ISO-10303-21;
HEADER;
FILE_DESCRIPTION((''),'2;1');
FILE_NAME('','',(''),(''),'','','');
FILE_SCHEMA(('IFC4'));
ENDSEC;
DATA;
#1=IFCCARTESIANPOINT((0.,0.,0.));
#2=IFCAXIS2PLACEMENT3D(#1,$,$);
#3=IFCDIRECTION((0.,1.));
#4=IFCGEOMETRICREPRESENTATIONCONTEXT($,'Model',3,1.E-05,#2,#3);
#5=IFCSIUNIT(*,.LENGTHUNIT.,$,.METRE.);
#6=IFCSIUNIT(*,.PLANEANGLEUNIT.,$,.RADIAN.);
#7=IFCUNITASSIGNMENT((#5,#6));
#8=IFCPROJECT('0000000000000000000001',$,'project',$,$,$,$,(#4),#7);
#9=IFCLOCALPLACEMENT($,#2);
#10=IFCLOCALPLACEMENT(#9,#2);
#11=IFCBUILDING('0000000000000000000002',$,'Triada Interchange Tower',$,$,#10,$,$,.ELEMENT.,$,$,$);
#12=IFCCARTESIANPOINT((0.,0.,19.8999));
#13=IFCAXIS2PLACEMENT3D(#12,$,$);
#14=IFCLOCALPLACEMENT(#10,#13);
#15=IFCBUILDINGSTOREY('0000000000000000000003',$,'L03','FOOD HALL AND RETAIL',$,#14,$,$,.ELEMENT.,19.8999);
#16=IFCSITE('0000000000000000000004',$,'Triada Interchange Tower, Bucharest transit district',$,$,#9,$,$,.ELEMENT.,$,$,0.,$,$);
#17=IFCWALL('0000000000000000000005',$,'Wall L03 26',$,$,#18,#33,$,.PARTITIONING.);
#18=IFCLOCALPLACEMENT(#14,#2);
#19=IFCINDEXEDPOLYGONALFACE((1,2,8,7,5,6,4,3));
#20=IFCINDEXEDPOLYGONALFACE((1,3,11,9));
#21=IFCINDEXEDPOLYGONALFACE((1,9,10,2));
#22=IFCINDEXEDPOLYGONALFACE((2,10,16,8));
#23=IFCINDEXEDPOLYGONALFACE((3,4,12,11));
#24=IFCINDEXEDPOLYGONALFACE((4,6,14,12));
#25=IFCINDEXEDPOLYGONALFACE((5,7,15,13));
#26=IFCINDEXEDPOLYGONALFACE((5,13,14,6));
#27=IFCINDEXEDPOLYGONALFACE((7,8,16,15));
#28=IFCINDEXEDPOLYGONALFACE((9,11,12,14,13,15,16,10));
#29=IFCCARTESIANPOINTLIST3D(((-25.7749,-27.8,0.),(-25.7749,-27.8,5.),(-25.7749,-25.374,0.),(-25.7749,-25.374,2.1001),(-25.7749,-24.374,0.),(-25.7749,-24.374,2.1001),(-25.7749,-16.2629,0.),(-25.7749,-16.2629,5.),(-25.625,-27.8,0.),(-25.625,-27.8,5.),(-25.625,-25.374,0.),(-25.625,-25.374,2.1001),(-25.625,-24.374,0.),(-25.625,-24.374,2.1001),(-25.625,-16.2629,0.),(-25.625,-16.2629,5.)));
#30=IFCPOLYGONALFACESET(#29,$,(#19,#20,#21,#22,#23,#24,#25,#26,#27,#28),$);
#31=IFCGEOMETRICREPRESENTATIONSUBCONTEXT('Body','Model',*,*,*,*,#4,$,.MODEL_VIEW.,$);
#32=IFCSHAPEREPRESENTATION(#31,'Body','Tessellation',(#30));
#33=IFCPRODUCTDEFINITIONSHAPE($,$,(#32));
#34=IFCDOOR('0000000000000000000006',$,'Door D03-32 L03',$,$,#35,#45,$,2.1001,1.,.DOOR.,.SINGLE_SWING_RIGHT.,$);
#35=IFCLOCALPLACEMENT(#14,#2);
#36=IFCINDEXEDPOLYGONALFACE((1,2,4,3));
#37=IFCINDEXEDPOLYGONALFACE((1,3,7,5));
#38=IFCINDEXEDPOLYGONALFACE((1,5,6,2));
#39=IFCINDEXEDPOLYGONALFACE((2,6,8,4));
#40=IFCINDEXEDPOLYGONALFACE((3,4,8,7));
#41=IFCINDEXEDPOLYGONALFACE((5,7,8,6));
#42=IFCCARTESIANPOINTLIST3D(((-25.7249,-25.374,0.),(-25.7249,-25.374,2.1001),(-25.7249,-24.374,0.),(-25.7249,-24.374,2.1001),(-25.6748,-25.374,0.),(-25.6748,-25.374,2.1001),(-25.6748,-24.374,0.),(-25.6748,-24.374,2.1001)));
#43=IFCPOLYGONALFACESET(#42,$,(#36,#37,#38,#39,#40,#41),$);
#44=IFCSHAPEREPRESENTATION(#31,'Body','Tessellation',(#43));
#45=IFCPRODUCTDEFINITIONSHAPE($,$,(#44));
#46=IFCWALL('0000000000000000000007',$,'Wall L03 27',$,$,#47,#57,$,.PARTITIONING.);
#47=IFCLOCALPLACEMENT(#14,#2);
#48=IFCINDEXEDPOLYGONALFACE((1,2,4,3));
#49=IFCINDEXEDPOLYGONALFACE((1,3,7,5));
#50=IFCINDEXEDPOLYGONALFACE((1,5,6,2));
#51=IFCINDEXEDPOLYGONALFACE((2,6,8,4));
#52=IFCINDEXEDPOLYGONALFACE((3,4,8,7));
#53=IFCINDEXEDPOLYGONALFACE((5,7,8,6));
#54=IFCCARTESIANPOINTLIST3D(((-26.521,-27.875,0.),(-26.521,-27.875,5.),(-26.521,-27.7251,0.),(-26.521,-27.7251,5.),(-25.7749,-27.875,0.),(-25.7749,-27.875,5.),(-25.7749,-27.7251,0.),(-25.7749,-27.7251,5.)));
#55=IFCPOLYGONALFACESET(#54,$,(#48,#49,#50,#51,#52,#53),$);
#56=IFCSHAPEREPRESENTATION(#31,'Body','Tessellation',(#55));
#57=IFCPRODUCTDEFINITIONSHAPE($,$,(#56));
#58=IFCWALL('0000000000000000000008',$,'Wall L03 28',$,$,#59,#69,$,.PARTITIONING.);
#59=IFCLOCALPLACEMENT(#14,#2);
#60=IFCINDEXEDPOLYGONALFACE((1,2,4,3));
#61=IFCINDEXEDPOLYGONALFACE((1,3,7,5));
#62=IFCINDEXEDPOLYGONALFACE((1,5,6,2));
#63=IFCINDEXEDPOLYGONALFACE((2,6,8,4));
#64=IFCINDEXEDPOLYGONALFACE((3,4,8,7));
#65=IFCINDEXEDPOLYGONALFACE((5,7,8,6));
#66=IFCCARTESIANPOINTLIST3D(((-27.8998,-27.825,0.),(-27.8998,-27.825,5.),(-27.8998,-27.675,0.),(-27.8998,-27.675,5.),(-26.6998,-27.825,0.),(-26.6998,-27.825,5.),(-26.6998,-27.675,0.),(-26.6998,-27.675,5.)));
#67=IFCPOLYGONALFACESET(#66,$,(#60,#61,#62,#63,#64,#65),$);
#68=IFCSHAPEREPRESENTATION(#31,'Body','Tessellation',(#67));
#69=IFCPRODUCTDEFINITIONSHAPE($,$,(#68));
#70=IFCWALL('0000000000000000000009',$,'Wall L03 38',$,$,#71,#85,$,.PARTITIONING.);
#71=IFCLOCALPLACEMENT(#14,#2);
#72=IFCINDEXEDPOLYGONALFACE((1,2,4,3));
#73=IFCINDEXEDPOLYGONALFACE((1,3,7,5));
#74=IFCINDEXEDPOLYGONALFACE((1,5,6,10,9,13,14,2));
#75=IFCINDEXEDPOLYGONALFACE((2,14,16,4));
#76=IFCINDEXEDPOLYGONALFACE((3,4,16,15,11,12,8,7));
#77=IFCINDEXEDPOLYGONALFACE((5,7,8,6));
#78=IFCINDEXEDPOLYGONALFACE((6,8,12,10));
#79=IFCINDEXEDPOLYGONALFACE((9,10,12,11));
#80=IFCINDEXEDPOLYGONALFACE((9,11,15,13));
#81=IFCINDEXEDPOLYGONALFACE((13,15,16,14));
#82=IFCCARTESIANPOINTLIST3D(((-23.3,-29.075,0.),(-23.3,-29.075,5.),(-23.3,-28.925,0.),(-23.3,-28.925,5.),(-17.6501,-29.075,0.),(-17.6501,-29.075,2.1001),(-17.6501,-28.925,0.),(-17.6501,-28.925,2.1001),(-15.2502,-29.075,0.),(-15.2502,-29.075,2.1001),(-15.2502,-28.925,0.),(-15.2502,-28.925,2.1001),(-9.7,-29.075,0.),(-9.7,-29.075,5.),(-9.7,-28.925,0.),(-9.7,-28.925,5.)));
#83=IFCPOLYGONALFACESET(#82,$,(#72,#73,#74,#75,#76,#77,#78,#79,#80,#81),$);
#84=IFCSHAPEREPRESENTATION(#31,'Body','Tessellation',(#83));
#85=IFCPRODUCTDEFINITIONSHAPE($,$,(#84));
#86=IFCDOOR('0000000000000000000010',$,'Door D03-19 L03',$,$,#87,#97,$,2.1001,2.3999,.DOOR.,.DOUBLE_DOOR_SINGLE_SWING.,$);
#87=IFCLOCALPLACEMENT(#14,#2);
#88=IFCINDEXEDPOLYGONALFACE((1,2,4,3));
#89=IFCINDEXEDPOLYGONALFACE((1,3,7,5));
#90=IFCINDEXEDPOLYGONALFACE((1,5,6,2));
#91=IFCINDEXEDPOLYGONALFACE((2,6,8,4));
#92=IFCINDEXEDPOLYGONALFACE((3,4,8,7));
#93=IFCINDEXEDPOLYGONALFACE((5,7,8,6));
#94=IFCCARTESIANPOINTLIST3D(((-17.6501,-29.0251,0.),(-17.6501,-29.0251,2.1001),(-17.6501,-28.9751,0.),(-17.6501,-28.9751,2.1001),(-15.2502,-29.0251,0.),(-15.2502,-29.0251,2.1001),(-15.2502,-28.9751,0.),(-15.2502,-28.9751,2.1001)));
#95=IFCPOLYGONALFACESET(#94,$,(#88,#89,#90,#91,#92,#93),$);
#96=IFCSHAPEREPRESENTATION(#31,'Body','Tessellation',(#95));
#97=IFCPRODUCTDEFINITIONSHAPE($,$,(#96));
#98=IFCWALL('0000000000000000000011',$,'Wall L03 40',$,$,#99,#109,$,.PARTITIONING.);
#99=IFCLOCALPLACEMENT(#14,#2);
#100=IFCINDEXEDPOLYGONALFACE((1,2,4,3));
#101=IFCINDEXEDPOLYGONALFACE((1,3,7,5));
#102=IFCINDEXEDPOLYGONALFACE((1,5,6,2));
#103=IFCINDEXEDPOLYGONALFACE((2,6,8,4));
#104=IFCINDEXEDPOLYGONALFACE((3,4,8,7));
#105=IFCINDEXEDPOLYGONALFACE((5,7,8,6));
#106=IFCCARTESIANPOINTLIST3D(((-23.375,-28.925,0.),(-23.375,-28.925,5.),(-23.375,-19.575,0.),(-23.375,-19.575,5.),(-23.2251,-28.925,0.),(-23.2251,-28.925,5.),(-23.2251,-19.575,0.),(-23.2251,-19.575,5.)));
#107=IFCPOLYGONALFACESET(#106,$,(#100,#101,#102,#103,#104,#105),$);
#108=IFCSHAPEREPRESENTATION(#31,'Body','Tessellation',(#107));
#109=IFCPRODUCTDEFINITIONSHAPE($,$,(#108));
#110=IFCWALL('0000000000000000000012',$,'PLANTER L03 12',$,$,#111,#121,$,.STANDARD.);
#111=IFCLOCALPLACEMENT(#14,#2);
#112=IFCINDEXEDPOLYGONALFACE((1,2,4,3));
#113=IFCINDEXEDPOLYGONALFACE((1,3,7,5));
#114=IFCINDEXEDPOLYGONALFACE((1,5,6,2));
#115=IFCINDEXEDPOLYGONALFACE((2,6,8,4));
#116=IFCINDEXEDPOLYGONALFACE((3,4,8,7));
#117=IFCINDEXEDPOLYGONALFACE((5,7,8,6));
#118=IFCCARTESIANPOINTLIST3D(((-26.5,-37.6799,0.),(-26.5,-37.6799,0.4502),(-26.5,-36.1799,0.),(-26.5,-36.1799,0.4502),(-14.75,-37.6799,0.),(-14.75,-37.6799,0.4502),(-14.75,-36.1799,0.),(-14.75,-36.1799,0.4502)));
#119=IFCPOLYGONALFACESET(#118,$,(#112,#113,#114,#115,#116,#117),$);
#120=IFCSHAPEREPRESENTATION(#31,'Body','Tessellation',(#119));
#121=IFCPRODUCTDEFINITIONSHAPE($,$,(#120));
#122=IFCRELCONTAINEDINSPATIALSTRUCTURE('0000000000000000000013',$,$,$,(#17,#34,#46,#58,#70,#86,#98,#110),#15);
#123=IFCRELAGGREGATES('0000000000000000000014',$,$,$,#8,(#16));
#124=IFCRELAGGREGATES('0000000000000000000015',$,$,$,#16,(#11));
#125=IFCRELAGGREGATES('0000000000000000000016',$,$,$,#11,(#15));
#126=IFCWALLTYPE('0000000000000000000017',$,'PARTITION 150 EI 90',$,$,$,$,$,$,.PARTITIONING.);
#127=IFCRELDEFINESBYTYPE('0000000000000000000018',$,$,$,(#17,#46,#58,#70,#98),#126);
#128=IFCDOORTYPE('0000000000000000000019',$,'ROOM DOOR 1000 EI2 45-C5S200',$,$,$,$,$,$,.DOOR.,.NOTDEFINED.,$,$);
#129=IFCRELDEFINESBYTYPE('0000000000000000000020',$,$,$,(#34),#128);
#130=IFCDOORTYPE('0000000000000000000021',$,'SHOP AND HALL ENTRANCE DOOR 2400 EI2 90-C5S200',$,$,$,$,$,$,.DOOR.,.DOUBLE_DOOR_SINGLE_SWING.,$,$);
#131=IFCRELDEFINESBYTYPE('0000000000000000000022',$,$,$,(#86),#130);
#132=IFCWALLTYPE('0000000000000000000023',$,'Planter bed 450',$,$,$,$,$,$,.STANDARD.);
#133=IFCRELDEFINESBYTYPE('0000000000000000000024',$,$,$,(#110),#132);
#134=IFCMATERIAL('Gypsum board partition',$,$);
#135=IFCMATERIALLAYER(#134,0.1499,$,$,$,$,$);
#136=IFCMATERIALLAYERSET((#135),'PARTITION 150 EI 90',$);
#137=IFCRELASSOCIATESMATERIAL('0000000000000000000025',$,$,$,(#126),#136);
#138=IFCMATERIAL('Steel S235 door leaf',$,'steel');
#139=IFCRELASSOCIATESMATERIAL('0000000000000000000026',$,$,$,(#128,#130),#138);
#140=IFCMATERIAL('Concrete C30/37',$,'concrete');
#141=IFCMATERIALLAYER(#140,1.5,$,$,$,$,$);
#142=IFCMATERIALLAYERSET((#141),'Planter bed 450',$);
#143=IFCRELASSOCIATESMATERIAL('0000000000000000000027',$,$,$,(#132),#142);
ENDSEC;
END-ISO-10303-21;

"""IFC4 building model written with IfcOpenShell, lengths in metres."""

from ifc_helpers import new_model, si_unit, direction, frame, frame_2d, origin, place, context, subcontext, project, spatial, rectangle, extrude, material, layer, layer_set, type_object, element, fill, save


model = new_model("IFC4")

# Units and contexts
model_context = context("Model", 3, precision=1e-05, world=origin(), true_north=direction((0.0, 1.0)))
body_context = subcontext(model_context, "Body", "Model", "MODEL_VIEW")
ifc_project = project(units=[si_unit("LENGTHUNIT", "METRE"), si_unit("PLANEANGLEUNIT", "RADIAN")], contexts=[model_context])

# Site, building, storey
site_placement = place(None, origin())
site = spatial("IfcSite", under=ifc_project, at=site_placement, Name="Triada Interchange Tower, Bucharest transit district", CompositionType="ELEMENT", RefElevation=0.0)
building_placement = place(site_placement, origin())
building = spatial("IfcBuilding", under=site, at=building_placement, Name="Triada Interchange Tower", CompositionType="ELEMENT")
storey_placement = place(building_placement, frame((0.0, 0.0, 19.8999)))
storey = spatial("IfcBuildingStorey", under=building, at=storey_placement, Name="L03", Description="FOOD HALL AND RETAIL", CompositionType="ELEMENT", Elevation=19.8999)

# Wall, opening, door
ifc_material_1 = material(Name="Gypsum board partition")
ifc_layer_1 = layer(ifc_material_1, 0.1499)
ifc_layer_set_1 = layer_set([ifc_layer_1], Name="PARTITION 150 EI 90")
wall_type_1 = type_object("IfcWallType", Name="PARTITION 150 EI 90", PredefinedType="PARTITIONING", material=ifc_layer_set_1)
wall_1_placement = place(storey_placement, frame((-25.7, -27.8, 0.0), z_axis=(0.0, 0.0, 1.0), x_axis=(0.0, 1.0, 0.0)))
wall_1 = element("IfcWall", 1, at=wall_1_placement, inside=storey, type_object=wall_type_1, Name="Wall L03 26", PredefinedType="PARTITIONING", context=body_context, shape_type="SweptSolid", body=[
    extrude(rectangle(XDim=11.5371, YDim=0.1499, at=frame_2d((5.7686, 0.0))), origin(), (0.0, 0.0, 1.0), 5.0),
])
opening_1_placement = place(wall_1_placement, frame((2.426, 0.0, 0.0)))
opening_1 = element("IfcOpeningElement", 2, at=opening_1_placement, cuts=wall_1, PredefinedType="OPENING", context=body_context, shape_type="SweptSolid", body=[
    extrude(rectangle(XDim=1.0, YDim=2.1001, at=frame_2d((0.5, 1.05))), frame((0.0, 0.085, 0.0), z_axis=(0.0, -1.0, 0.0), x_axis=(1.0, 0.0, 0.0)), (0.0, 0.0, 1.0), 0.1699),
])
ifc_material_2 = material(Name="Steel S235 door leaf", Category="steel")
door_type_1 = type_object("IfcDoorType", Name="ROOM DOOR 1000 EI2 45-C5S200", OperationType="NOTDEFINED", PredefinedType="DOOR", material=ifc_material_2)
door_1_placement = place(opening_1_placement, origin())
door_1 = element("IfcDoor", 3, at=door_1_placement, inside=storey, type_object=door_type_1, Name="Door D03-32 L03", OperationType="SINGLE_SWING_RIGHT", OverallHeight=2.1001, OverallWidth=1.0, PredefinedType="DOOR", context=body_context, shape_type="SweptSolid", body=[
    extrude(rectangle(XDim=1.0, YDim=2.1001, at=frame_2d((0.5, 1.05))), frame((0.0, 0.0249, 0.0), z_axis=(0.0, -1.0, 0.0), x_axis=(1.0, 0.0, 0.0)), (0.0, 0.0, 1.0), 0.05),
])
fill(opening_1, door_1)

# Walls
wall_2_placement = place(storey_placement, frame((-26.521, -27.8, 0.0), z_axis=(0.0, 0.0, 1.0), x_axis=(1.0, 0.0, 0.0)))
element("IfcWall", 4, at=wall_2_placement, inside=storey, type_object=wall_type_1, Name="Wall L03 27", PredefinedType="PARTITIONING", context=body_context, shape_type="SweptSolid", body=[
    extrude(rectangle(XDim=0.7461, YDim=0.1499, at=frame_2d((0.373, 0.0))), origin(), (0.0, 0.0, 1.0), 5.0),
])
wall_3_placement = place(storey_placement, frame((-27.8999, -27.75, 0.0), z_axis=(0.0, 0.0, 1.0), x_axis=(1.0, 0.0, 0.0)))
element("IfcWall", 5, at=wall_3_placement, inside=storey, type_object=wall_type_1, Name="Wall L03 28", PredefinedType="PARTITIONING", context=body_context, shape_type="SweptSolid", body=[
    extrude(rectangle(XDim=1.2, YDim=0.1499, at=frame_2d((0.6001, 0.0))), origin(), (0.0, 0.0, 1.0), 5.0),
])

# Wall, opening, door
wall_4_placement = place(storey_placement, frame((-23.3, -29.0, 0.0), z_axis=(0.0, 0.0, 1.0), x_axis=(1.0, 0.0, 0.0)))
wall_4 = element("IfcWall", 6, at=wall_4_placement, inside=storey, type_object=wall_type_1, Name="Wall L03 38", PredefinedType="PARTITIONING", context=body_context, shape_type="SweptSolid", body=[
    extrude(rectangle(XDim=13.6001, YDim=0.1499, at=frame_2d((6.8, 0.0))), origin(), (0.0, 0.0, 1.0), 5.0),
])
opening_2_placement = place(wall_4_placement, frame((5.6499, 0.0, 0.0)))
opening_2 = element("IfcOpeningElement", 7, at=opening_2_placement, cuts=wall_4, PredefinedType="OPENING", context=body_context, shape_type="SweptSolid", body=[
    extrude(rectangle(XDim=2.3999, YDim=2.1001, at=frame_2d((1.2, 1.05))), frame((0.0, 0.085, 0.0), z_axis=(0.0, -1.0, 0.0), x_axis=(1.0, 0.0, 0.0)), (0.0, 0.0, 1.0), 0.1699),
])
door_type_2 = type_object("IfcDoorType", Name="SHOP AND HALL ENTRANCE DOOR 2400 EI2 90-C5S200", OperationType="DOUBLE_DOOR_SINGLE_SWING", PredefinedType="DOOR", material=ifc_material_2)
door_2_placement = place(opening_2_placement, origin())
door_2 = element("IfcDoor", 8, at=door_2_placement, inside=storey, type_object=door_type_2, Name="Door D03-19 L03", OperationType="DOUBLE_DOOR_SINGLE_SWING", OverallHeight=2.1001, OverallWidth=2.3999, PredefinedType="DOOR", context=body_context, shape_type="SweptSolid", body=[
    extrude(rectangle(XDim=2.3999, YDim=2.1001, at=frame_2d((1.2, 1.05))), frame((0.0, 0.0249, 0.0), z_axis=(0.0, -1.0, 0.0), x_axis=(1.0, 0.0, 0.0)), (0.0, 0.0, 1.0), 0.05),
])
fill(opening_2, door_2)

# Walls
wall_5_placement = place(storey_placement, frame((-23.3, -28.925, 0.0), z_axis=(0.0, 0.0, 1.0), x_axis=(0.0, 1.0, 0.0)))
element("IfcWall", 9, at=wall_5_placement, inside=storey, type_object=wall_type_1, Name="Wall L03 40", PredefinedType="PARTITIONING", context=body_context, shape_type="SweptSolid", body=[
    extrude(rectangle(XDim=9.3501, YDim=0.1499, at=frame_2d((4.675, 0.0))), origin(), (0.0, 0.0, 1.0), 5.0),
])
ifc_material_3 = material(Name="Concrete C30/37", Category="concrete")
ifc_layer_2 = layer(ifc_material_3, 1.5)
ifc_layer_set_2 = layer_set([ifc_layer_2], Name="Planter bed 450")
wall_type_2 = type_object("IfcWallType", Name="Planter bed 450", PredefinedType="STANDARD", material=ifc_layer_set_2)
wall_6_placement = place(storey_placement, frame((-26.5, -36.9299, 0.0), z_axis=(0.0, 0.0, 1.0), x_axis=(1.0, 0.0, 0.0)))
element("IfcWall", 10, at=wall_6_placement, inside=storey, type_object=wall_type_2, Name="PLANTER L03 12", PredefinedType="STANDARD", context=body_context, shape_type="SweptSolid", body=[
    extrude(rectangle(XDim=11.75, YDim=1.5, at=frame_2d((5.875, 0.0))), origin(), (0.0, 0.0, 1.0), 0.4502),
])

save(model, "model.ifc")
